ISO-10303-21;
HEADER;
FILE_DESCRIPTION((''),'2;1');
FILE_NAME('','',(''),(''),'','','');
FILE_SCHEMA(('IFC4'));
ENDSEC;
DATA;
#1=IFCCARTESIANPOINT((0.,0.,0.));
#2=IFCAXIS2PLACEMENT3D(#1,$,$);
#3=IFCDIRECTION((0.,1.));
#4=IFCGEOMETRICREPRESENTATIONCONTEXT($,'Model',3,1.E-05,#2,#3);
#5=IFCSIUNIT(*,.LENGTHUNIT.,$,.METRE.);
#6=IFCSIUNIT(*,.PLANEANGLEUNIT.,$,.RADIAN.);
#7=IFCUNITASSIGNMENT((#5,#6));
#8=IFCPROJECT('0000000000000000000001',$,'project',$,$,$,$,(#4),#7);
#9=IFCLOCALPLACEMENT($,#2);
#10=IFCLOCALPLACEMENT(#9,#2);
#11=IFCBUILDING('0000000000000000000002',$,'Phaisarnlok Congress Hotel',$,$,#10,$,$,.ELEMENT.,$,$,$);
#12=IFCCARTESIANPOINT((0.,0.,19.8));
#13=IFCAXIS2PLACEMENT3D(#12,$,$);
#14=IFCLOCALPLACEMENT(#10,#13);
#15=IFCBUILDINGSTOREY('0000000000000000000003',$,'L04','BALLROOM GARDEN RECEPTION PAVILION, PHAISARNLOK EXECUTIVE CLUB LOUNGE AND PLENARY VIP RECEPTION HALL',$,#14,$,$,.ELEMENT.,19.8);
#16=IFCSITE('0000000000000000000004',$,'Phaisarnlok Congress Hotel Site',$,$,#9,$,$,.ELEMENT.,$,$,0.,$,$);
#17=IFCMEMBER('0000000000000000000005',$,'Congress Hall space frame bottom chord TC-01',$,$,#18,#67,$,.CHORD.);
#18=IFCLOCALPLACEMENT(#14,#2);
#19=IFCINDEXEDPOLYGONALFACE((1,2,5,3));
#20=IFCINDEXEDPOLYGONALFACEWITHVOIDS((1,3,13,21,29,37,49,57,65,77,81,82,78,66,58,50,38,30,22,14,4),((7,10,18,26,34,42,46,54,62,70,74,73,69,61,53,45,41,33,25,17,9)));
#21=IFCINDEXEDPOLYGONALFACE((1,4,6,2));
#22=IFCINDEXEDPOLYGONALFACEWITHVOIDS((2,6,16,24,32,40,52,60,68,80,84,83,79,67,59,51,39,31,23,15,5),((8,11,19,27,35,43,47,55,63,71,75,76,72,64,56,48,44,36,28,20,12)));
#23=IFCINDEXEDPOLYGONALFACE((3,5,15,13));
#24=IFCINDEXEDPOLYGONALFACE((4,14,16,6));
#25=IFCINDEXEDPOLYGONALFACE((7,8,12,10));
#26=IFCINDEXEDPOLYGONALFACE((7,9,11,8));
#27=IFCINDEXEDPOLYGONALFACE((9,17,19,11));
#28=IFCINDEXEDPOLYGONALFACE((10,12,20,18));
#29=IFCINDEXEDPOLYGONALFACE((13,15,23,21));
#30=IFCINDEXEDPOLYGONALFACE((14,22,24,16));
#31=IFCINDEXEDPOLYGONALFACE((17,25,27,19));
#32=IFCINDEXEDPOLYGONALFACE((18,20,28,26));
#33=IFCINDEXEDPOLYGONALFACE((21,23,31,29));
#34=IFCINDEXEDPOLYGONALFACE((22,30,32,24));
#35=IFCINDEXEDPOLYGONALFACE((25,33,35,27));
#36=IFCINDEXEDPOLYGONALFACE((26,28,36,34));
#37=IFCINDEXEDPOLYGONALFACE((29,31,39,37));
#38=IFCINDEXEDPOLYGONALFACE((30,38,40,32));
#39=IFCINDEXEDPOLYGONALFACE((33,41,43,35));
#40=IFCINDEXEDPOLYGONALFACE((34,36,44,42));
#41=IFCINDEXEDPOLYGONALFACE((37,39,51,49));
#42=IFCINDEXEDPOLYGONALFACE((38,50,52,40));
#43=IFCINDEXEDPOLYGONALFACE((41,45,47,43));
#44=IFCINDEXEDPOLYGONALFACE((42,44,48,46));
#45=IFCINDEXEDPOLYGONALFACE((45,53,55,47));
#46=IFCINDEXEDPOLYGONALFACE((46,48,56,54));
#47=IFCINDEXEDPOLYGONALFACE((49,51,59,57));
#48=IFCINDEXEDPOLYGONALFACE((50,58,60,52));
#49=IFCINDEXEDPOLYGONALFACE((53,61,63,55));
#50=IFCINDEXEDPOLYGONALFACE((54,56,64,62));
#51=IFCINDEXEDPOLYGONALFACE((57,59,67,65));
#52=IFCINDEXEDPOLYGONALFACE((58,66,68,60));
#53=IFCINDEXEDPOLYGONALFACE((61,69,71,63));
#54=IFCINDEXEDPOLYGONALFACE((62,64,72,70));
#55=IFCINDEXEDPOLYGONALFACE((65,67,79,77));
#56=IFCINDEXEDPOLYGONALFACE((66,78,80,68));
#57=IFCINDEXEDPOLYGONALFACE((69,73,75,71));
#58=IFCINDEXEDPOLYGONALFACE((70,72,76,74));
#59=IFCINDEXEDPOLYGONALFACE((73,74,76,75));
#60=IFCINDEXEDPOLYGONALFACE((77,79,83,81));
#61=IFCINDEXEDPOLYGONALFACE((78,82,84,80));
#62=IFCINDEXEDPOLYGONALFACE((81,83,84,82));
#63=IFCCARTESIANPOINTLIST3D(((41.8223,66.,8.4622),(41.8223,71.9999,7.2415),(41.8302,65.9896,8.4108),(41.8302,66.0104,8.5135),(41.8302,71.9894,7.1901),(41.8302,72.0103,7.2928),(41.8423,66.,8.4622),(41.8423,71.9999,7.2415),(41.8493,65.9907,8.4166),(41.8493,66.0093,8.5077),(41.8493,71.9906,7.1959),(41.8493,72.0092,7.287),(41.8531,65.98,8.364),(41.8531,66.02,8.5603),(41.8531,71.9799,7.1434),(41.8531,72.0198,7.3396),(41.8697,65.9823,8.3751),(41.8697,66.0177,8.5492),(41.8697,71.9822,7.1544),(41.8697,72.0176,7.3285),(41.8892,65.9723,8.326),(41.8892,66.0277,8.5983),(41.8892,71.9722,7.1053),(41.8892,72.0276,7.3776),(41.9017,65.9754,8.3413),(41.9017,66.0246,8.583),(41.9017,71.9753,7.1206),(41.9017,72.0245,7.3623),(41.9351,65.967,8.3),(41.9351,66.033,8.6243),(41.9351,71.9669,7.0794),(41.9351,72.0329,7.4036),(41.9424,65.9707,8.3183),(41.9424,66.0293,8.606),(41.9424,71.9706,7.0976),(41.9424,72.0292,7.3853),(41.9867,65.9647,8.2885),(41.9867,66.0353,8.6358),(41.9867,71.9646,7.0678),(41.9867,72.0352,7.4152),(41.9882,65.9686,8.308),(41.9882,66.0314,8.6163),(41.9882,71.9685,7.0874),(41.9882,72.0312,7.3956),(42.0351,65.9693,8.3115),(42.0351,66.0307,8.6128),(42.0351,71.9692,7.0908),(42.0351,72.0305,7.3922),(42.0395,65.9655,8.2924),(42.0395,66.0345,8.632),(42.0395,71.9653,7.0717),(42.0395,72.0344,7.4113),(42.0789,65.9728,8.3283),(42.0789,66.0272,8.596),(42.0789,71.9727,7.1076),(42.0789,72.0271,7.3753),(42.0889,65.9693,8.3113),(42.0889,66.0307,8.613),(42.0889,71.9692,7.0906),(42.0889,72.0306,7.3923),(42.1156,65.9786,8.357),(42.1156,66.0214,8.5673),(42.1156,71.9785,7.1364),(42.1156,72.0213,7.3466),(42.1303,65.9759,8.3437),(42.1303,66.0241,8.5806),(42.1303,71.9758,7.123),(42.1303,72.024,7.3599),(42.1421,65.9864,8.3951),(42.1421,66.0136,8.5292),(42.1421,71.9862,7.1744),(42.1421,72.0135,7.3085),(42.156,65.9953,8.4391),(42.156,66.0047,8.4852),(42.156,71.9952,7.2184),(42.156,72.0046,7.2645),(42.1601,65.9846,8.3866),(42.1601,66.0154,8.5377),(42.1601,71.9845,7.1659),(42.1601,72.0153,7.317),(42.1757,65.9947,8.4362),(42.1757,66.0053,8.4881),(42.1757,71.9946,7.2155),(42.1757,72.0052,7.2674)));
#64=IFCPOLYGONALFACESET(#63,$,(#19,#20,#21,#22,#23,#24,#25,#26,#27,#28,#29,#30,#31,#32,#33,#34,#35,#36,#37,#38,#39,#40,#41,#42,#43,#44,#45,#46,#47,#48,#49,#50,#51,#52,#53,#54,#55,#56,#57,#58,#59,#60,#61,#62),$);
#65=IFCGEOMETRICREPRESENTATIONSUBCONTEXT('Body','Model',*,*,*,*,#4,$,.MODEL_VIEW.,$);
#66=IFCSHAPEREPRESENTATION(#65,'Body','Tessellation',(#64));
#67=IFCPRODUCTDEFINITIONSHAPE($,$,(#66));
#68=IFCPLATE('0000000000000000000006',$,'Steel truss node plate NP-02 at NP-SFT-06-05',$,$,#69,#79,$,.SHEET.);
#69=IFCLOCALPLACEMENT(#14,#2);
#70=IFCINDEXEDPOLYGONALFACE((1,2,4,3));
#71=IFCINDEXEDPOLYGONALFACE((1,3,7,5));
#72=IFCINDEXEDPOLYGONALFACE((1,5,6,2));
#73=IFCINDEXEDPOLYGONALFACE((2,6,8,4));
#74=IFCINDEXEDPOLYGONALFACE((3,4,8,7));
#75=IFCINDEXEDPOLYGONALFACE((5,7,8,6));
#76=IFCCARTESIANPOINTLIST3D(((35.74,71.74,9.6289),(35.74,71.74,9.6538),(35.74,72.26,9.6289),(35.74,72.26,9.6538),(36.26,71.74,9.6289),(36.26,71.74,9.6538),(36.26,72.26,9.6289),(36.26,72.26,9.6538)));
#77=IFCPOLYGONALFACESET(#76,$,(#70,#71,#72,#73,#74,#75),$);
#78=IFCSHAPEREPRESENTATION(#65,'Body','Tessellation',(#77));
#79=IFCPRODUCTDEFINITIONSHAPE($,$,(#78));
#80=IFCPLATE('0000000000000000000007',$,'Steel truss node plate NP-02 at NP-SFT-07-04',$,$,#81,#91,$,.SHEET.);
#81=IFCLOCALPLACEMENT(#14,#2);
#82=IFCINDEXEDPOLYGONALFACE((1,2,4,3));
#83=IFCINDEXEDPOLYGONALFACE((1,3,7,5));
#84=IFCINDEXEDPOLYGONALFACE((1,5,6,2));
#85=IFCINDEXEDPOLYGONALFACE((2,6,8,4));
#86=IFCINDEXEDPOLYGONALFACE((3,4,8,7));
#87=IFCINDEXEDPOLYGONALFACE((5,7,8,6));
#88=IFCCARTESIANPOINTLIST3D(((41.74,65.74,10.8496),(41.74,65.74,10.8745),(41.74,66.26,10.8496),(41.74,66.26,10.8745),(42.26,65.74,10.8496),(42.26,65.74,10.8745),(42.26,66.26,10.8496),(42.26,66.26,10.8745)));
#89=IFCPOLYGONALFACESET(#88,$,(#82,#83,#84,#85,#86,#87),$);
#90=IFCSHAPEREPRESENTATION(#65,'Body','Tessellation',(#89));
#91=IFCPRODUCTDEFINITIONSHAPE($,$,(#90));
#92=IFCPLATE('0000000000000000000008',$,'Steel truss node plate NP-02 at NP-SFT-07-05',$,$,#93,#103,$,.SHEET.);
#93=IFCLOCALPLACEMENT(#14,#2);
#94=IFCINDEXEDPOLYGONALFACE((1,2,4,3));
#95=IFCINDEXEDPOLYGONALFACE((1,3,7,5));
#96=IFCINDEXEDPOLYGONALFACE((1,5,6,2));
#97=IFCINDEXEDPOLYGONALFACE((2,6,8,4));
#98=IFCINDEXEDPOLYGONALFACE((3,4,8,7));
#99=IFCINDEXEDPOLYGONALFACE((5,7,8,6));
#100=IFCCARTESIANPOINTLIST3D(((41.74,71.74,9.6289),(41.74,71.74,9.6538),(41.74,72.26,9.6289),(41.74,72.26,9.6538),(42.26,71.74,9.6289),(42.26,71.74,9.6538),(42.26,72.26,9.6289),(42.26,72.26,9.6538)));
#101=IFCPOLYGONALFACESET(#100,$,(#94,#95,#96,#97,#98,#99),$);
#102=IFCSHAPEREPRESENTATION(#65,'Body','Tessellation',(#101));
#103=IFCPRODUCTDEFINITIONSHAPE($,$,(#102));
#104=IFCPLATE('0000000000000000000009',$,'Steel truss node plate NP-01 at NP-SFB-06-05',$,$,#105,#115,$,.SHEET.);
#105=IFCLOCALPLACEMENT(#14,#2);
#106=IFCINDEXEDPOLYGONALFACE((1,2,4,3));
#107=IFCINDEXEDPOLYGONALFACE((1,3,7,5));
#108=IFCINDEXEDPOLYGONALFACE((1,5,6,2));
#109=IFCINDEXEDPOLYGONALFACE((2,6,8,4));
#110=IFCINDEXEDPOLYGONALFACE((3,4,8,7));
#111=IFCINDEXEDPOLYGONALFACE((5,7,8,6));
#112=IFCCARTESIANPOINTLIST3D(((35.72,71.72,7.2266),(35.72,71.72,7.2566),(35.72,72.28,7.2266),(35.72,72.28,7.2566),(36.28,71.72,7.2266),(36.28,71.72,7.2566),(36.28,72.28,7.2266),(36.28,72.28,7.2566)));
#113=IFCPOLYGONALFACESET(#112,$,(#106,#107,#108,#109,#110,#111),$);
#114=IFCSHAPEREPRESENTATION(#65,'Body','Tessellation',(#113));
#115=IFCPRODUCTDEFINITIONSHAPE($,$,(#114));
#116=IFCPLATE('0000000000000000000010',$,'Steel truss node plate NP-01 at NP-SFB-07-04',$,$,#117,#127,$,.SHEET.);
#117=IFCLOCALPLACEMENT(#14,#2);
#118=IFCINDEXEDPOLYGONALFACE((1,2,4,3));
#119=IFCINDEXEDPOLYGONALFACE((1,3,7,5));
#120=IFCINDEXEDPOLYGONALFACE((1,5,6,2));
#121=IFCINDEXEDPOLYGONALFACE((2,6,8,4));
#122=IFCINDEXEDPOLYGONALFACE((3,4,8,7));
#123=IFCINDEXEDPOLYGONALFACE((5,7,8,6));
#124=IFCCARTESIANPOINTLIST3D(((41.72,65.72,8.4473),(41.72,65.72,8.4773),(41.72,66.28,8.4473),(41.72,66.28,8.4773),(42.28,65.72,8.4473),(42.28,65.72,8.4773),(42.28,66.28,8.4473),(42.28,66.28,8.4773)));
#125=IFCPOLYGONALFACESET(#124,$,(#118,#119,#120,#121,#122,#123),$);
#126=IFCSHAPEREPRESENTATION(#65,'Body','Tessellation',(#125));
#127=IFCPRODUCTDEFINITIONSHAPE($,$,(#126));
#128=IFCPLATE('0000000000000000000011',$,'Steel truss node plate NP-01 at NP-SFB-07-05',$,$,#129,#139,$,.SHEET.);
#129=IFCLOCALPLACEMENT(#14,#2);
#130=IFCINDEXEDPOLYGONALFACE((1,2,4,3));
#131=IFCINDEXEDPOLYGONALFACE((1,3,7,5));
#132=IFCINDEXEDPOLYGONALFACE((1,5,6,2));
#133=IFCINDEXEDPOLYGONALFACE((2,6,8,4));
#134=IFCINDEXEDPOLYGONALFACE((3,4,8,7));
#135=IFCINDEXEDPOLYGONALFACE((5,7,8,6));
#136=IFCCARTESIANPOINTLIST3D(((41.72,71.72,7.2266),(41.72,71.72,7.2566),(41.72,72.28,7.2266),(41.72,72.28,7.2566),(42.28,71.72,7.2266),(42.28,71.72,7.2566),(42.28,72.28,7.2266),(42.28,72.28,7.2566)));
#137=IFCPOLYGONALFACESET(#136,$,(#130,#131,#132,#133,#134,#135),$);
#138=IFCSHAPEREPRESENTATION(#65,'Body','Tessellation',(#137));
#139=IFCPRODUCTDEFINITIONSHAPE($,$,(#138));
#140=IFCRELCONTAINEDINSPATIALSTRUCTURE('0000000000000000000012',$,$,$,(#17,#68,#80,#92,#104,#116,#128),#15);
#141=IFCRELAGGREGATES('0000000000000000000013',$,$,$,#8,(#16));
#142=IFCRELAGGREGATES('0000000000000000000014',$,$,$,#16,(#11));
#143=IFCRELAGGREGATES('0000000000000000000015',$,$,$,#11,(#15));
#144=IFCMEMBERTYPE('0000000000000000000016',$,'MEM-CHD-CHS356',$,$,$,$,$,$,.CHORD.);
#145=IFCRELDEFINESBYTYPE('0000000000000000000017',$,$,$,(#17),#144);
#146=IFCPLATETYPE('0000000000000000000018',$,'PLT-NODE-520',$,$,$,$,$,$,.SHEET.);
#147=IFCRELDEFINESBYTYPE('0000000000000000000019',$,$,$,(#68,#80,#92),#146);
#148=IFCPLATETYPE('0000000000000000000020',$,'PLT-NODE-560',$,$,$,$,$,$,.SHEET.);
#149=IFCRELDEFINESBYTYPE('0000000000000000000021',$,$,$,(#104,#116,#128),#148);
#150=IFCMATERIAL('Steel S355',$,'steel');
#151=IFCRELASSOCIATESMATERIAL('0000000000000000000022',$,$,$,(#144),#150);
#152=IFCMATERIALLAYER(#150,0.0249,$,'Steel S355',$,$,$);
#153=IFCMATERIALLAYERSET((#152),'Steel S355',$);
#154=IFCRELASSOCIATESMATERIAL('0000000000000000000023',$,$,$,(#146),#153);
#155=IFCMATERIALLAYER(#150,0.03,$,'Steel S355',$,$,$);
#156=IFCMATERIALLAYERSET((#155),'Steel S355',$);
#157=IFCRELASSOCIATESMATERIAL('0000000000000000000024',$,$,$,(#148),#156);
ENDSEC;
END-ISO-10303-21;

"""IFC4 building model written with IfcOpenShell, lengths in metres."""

from ifc_helpers import new_model, si_unit, direction, frame, origin, origin_2d, place, context, subcontext, project, spatial, rectangle, hollow_circle, extrude, material, layer, layer_set, material_profile, profile_set, type_object, element, save


model = new_model("IFC4")

# Units and contexts
model_context = context("Model", 3, precision=1e-05, world=origin(), true_north=direction((0.0, 1.0)))
body_context = subcontext(model_context, "Body", "Model", "MODEL_VIEW")
ifc_project = project(units=[si_unit("LENGTHUNIT", "METRE"), si_unit("PLANEANGLEUNIT", "RADIAN")], contexts=[model_context])

# Site, building, storey
site_placement = place(None, origin())
site = spatial("IfcSite", under=ifc_project, at=site_placement, Name="Phaisarnlok Congress Hotel Site", CompositionType="ELEMENT", RefElevation=0.0)
building_placement = place(site_placement, origin())
building = spatial("IfcBuilding", under=site, at=building_placement, Name="Phaisarnlok Congress Hotel", CompositionType="ELEMENT")
storey_placement = place(building_placement, frame((0.0, 0.0, 19.8)))
storey = spatial("IfcBuildingStorey", under=building, at=storey_placement, Name="L04", Description="BALLROOM GARDEN RECEPTION PAVILION, PHAISARNLOK EXECUTIVE CLUB LOUNGE AND PLENARY VIP RECEPTION HALL", CompositionType="ELEMENT", Elevation=19.8)

# Member
ifc_material = material(Name="Steel S355", Category="steel")
ifc_material_profile_1 = material_profile(ifc_material, hollow_circle(Radius=0.1777, WallThickness=0.02, at=origin_2d()), Name="CHS 355.6x20")
ifc_profile_set_1 = profile_set([ifc_material_profile_1], Name="Steel S355")
member_type_1 = type_object("IfcMemberType", Name="MEM-CHD-CHS356", PredefinedType="CHORD", material=ifc_profile_set_1)
member_1_placement = place(storey_placement, frame((42.0, 66.0, 8.4622), z_axis=(0.0, 0.979925, -0.199366), x_axis=(-1.0, 0.0, 0.0)))
element("IfcMember", 1, at=member_1_placement, inside=storey, type_object=member_type_1, Name="Congress Hall space frame bottom chord TC-01", PredefinedType="CHORD", context=body_context, shape_type="SweptSolid", body=[
    extrude(hollow_circle(Radius=0.1777, WallThickness=0.02, at=origin_2d()), origin(), (0.0, 0.0, 1.0), 6.1228),
])

# Plates
ifc_layer_1 = layer(ifc_material, 0.0249, Name="Steel S355")
ifc_layer_set_1 = layer_set([ifc_layer_1], Name="Steel S355")
plate_type_1 = type_object("IfcPlateType", Name="PLT-NODE-520", PredefinedType="SHEET", material=ifc_layer_set_1)
for number, where, z_axis, x_axis, name in (
    (2, (36.0, 72.0, 9.6289), (0.0, 0.0, 1.0), (1.0, 0.0, 0.0), "Steel truss node plate NP-02 at NP-SFT-06-05"),
    (3, (42.0, 66.0, 10.8496), (0.0, 0.0, 1.0), (1.0, 0.0, 0.0), "Steel truss node plate NP-02 at NP-SFT-07-04"),
    (4, (42.0, 72.0, 9.6289), (0.0, 0.0, 1.0), (1.0, 0.0, 0.0), "Steel truss node plate NP-02 at NP-SFT-07-05"),
):
    element("IfcPlate", number, at=place(storey_placement, frame(where, z_axis=z_axis, x_axis=x_axis)), inside=storey, type_object=plate_type_1, Name=name, PredefinedType="SHEET", context=body_context, shape_type="SweptSolid", body=[
        extrude(rectangle(XDim=0.52, YDim=0.52, at=origin_2d()), origin(), (0.0, 0.0, 1.0), 0.0249),
    ])
ifc_layer_2 = layer(ifc_material, 0.03, Name="Steel S355")
ifc_layer_set_2 = layer_set([ifc_layer_2], Name="Steel S355")
plate_type_2 = type_object("IfcPlateType", Name="PLT-NODE-560", PredefinedType="SHEET", material=ifc_layer_set_2)
for number, where, z_axis, x_axis, name in (
    (5, (36.0, 72.0, 7.2266), (0.0, 0.0, 1.0), (1.0, 0.0, 0.0), "Steel truss node plate NP-01 at NP-SFB-06-05"),
    (6, (42.0, 66.0, 8.4473), (0.0, 0.0, 1.0), (1.0, 0.0, 0.0), "Steel truss node plate NP-01 at NP-SFB-07-04"),
    (7, (42.0, 72.0, 7.2266), (0.0, 0.0, 1.0), (1.0, 0.0, 0.0), "Steel truss node plate NP-01 at NP-SFB-07-05"),
):
    element("IfcPlate", number, at=place(storey_placement, frame(where, z_axis=z_axis, x_axis=x_axis)), inside=storey, type_object=plate_type_2, Name=name, PredefinedType="SHEET", context=body_context, shape_type="SweptSolid", body=[
        extrude(rectangle(XDim=0.5601, YDim=0.5601, at=origin_2d()), origin(), (0.0, 0.0, 1.0), 0.03),
    ])

save(model, "model.ifc")
